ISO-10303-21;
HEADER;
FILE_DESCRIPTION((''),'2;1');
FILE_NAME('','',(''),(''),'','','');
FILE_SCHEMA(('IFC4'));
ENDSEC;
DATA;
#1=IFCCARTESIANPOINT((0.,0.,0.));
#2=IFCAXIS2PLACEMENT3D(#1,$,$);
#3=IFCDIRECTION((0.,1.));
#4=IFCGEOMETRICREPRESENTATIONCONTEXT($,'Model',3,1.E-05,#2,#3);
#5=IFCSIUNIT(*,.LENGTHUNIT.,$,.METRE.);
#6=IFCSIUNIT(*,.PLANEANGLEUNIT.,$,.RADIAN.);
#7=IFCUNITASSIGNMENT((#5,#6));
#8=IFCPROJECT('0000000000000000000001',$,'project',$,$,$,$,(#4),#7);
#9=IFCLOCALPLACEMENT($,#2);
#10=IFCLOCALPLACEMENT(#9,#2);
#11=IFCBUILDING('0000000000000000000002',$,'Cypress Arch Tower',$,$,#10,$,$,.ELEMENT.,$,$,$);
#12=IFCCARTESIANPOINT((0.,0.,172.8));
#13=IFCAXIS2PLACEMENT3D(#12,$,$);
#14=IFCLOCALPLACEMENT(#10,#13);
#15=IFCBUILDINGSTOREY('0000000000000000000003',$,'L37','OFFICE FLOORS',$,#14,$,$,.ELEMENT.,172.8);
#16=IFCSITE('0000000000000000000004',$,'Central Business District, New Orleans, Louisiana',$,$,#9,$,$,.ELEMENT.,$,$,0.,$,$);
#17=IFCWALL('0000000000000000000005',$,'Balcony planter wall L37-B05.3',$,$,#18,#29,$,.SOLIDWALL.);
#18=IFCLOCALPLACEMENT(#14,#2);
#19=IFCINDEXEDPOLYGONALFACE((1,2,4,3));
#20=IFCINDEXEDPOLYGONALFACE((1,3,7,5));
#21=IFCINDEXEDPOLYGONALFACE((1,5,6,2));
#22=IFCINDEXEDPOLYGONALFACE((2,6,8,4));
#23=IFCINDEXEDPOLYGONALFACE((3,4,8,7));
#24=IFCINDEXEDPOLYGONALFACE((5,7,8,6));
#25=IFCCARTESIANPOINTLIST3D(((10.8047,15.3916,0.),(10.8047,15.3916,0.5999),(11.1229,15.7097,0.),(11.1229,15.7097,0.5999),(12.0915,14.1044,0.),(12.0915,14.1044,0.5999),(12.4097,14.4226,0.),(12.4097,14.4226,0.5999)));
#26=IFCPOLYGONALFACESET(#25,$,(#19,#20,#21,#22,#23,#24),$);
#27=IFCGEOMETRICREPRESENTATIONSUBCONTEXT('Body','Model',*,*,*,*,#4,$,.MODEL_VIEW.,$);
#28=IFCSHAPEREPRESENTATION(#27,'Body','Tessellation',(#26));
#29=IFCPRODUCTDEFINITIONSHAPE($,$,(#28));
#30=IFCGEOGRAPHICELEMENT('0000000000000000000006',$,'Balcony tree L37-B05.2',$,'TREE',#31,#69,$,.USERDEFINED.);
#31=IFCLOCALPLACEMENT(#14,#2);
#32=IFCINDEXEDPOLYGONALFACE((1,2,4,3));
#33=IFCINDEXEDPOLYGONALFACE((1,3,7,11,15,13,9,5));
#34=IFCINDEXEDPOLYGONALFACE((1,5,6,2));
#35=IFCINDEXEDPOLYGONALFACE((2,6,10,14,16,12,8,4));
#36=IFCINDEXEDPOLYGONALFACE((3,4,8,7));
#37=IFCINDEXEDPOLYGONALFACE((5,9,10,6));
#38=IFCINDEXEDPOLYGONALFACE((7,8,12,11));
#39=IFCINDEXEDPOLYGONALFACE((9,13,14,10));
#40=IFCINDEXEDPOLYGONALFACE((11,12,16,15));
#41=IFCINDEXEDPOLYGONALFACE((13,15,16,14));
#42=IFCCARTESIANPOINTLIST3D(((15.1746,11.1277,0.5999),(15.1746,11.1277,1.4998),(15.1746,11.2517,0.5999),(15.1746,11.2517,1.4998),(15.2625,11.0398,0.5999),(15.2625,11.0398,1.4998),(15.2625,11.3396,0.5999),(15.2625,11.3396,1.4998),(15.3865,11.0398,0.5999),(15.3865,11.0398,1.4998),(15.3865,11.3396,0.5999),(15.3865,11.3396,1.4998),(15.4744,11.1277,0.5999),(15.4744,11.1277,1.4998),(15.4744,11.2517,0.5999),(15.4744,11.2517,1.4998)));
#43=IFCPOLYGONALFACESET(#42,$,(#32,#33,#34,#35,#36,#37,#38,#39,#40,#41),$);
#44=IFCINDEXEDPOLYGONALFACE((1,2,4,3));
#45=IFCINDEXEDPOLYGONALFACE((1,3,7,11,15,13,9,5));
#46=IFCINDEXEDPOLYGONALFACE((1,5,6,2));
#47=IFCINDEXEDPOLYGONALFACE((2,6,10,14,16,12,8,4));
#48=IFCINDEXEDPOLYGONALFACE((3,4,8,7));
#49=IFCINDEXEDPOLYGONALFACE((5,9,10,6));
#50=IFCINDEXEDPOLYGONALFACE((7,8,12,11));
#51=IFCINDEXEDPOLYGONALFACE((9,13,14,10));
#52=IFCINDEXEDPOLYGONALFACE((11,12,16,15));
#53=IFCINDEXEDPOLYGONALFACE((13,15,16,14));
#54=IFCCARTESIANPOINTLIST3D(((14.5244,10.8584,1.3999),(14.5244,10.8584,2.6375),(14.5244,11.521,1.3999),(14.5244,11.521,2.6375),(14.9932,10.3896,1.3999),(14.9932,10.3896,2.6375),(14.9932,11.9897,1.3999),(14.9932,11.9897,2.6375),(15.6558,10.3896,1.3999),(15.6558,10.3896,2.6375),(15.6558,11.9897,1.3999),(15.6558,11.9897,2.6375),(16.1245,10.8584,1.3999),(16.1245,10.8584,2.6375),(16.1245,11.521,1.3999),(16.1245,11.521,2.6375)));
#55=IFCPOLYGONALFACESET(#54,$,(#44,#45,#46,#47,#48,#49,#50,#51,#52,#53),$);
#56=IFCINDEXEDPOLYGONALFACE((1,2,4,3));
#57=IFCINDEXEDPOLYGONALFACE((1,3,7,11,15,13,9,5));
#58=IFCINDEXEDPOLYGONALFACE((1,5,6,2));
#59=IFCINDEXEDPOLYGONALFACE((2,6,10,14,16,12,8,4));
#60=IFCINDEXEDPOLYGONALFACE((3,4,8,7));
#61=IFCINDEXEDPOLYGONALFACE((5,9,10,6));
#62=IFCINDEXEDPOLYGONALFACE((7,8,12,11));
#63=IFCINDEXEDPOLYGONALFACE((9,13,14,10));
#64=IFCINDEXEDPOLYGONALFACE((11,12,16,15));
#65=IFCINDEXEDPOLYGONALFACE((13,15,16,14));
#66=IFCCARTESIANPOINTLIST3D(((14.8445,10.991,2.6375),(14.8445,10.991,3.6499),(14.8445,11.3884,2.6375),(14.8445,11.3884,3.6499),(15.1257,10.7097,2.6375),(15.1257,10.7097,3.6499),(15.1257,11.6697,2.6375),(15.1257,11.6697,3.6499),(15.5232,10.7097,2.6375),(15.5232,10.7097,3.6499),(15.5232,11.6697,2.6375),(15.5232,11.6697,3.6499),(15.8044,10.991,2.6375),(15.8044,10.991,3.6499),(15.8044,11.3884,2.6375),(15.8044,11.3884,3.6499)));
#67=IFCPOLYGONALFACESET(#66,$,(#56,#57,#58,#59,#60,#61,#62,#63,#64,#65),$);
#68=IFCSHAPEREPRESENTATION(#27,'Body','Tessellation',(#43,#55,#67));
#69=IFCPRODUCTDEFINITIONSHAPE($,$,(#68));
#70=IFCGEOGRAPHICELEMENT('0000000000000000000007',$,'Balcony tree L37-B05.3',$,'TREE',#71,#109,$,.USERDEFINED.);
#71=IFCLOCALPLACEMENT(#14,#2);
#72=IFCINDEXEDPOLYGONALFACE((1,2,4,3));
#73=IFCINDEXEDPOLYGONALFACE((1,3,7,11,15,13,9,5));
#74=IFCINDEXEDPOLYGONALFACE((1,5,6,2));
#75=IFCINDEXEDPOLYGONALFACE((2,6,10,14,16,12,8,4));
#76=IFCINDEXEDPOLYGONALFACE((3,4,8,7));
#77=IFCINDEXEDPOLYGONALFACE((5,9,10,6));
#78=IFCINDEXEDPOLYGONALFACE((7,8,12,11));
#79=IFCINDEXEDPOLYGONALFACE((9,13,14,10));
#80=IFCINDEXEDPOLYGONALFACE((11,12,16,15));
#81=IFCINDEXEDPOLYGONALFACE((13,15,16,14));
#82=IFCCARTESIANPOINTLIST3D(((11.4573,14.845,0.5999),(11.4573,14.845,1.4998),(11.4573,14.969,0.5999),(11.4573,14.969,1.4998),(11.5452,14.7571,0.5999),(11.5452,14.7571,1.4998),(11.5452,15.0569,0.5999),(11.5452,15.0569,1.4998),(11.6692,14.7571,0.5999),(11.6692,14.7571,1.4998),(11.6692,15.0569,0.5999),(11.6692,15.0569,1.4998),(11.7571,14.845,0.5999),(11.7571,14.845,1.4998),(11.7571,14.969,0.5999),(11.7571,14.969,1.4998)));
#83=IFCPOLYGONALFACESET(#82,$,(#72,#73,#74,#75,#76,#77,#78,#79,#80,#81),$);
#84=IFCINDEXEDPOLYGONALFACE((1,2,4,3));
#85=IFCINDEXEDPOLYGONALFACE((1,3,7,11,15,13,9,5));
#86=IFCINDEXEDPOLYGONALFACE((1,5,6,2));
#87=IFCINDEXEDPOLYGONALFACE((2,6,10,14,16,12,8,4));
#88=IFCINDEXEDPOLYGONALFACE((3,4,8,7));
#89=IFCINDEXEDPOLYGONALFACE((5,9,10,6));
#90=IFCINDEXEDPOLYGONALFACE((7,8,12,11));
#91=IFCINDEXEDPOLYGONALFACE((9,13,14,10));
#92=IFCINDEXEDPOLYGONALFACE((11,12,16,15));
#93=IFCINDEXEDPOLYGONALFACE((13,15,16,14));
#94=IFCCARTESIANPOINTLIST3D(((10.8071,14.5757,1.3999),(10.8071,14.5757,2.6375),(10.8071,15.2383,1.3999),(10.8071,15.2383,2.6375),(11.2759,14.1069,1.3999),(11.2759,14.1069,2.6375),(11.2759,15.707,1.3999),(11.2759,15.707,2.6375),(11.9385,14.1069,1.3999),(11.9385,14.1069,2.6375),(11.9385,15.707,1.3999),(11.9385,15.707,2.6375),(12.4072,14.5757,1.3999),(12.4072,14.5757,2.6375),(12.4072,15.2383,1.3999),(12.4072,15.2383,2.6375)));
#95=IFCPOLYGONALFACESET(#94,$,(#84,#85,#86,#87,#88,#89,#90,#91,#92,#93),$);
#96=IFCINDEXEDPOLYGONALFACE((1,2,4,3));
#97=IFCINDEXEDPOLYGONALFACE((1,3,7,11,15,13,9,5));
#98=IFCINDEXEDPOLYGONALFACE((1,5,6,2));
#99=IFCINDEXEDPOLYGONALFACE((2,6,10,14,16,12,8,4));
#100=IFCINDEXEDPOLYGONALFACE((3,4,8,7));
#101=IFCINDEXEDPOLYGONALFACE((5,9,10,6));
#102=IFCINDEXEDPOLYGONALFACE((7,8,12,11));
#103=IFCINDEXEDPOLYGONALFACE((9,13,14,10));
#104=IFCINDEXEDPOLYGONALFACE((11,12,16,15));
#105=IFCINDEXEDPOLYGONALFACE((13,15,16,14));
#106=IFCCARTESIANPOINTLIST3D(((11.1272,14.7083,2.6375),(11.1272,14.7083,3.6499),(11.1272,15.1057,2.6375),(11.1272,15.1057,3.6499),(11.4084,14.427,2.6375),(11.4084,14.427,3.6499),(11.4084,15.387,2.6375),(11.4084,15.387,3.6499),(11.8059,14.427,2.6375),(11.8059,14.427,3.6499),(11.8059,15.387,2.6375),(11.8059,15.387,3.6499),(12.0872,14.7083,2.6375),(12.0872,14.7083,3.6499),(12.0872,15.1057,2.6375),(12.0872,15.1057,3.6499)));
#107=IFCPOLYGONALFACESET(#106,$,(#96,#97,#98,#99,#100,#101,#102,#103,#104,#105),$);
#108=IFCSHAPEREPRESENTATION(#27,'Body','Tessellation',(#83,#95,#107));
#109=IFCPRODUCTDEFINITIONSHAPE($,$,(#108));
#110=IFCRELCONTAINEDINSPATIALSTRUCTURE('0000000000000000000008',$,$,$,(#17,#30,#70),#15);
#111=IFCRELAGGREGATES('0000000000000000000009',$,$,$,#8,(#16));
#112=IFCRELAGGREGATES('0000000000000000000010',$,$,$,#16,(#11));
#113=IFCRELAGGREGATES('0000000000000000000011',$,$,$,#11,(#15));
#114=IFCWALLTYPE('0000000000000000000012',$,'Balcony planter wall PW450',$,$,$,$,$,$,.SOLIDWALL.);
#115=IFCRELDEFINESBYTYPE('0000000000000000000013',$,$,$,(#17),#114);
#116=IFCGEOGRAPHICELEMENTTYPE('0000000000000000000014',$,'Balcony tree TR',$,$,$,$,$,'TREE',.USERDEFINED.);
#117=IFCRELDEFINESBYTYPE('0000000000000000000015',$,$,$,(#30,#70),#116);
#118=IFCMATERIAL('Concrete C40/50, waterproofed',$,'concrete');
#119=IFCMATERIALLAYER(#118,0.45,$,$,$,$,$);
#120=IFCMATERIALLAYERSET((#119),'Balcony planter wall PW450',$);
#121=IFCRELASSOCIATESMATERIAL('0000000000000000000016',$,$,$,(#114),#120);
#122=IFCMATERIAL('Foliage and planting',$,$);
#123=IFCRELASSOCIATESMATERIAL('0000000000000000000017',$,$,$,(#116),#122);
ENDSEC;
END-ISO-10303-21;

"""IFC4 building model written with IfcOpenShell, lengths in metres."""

from ifc_helpers import new_model, si_unit, direction, frame, frame_2d, origin, place, context, subcontext, project, spatial, polyline, rectangle, outline, extrude, material, layer, layer_set, type_object, element, save


model = new_model("IFC4")

# Units and contexts
model_context = context("Model", 3, precision=1e-05, world=origin(), true_north=direction((0.0, 1.0)))
body_context = subcontext(model_context, "Body", "Model", "MODEL_VIEW")
ifc_project = project(units=[si_unit("LENGTHUNIT", "METRE"), si_unit("PLANEANGLEUNIT", "RADIAN")], contexts=[model_context])

# Site, building, storey
site_placement = place(None, origin())
site = spatial("IfcSite", under=ifc_project, at=site_placement, Name="Central Business District, New Orleans, Louisiana", CompositionType="ELEMENT", RefElevation=0.0)
building_placement = place(site_placement, origin())
building = spatial("IfcBuilding", under=site, at=building_placement, Name="Cypress Arch Tower", CompositionType="ELEMENT")
storey_placement = place(building_placement, frame((0.0, 0.0, 172.8)))
storey = spatial("IfcBuildingStorey", under=building, at=storey_placement, Name="L37", Description="OFFICE FLOORS", CompositionType="ELEMENT", Elevation=172.8)

# Wall
ifc_material_1 = material(Name="Concrete C40/50, waterproofed", Category="concrete")
ifc_layer_1 = layer(ifc_material_1, 0.45)
ifc_layer_set_1 = layer_set([ifc_layer_1], Name="Balcony planter wall PW450")
wall_type_1 = type_object("IfcWallType", Name="Balcony planter wall PW450", PredefinedType="SOLIDWALL", material=ifc_layer_set_1)
wall_1_placement = place(storey_placement, frame((12.2507, 14.2634, 0.0), z_axis=(0.0, 0.0, 1.0), x_axis=(-0.70704, 0.707174, 0.0)))
element("IfcWall", 1, at=wall_1_placement, inside=storey, type_object=wall_type_1, Name="Balcony planter wall L37-B05.3", PredefinedType="SOLIDWALL", context=body_context, shape_type="SweptSolid", body=[
    extrude(rectangle(XDim=1.8201, YDim=0.45, at=frame_2d((0.9102, 0.0))), origin(), (0.0, 0.0, 1.0), 0.5999),
])

# Geographic elements
ifc_material_2 = material(Name="Foliage and planting")
geographic_element_type = type_object("IfcGeographicElementType", Name="Balcony tree TR", ElementType="TREE", PredefinedType="USERDEFINED", material=ifc_material_2)
for number, where, z_axis, x_axis, name in (
    (2, (15.3245, 11.1897, 0.5999), (0.0, 0.0, 1.0), (1.0, 0.0, 0.0), "Balcony tree L37-B05.2"),
    (3, (11.6072, 14.907, 0.5999), (0.0, 0.0, 1.0), (1.0, 0.0, 0.0), "Balcony tree L37-B05.3"),
):
    element("IfcGeographicElement", number, at=place(storey_placement, frame(where, z_axis=z_axis, x_axis=x_axis)), inside=storey, type_object=geographic_element_type, Name=name, ObjectType="TREE", PredefinedType="USERDEFINED", context=body_context, shape_type="SweptSolid", body=[
        extrude(outline(polyline([(0.1499, 0.062), (0.062, 0.1499), (-0.062, 0.1499), (-0.1499, 0.062), (-0.1499, -0.062), (-0.062, -0.1499), (0.062, -0.1499), (0.1499, -0.062), (0.1499, 0.062)])), origin(), (0.0, 0.0, 1.0), 0.8999),
        extrude(outline(polyline([(0.8, 0.3313), (0.3313, 0.8), (-0.3313, 0.8), (-0.8, 0.3313), (-0.8, -0.3313), (-0.3313, -0.8), (0.3313, -0.8), (0.8, -0.3313), (0.8, 0.3313)])), frame((0.0, 0.0, 0.8)), (0.0, 0.0, 1.0), 1.2375),
        extrude(outline(polyline([(0.48, 0.1987), (0.1987, 0.48), (-0.1987, 0.48), (-0.48, 0.1987), (-0.48, -0.1987), (-0.1987, -0.48), (0.1987, -0.48), (0.48, -0.1987), (0.48, 0.1987)])), frame((0.0, 0.0, 2.0376)), (0.0, 0.0, 1.0), 1.0125),
    ])

save(model, "model.ifc")
